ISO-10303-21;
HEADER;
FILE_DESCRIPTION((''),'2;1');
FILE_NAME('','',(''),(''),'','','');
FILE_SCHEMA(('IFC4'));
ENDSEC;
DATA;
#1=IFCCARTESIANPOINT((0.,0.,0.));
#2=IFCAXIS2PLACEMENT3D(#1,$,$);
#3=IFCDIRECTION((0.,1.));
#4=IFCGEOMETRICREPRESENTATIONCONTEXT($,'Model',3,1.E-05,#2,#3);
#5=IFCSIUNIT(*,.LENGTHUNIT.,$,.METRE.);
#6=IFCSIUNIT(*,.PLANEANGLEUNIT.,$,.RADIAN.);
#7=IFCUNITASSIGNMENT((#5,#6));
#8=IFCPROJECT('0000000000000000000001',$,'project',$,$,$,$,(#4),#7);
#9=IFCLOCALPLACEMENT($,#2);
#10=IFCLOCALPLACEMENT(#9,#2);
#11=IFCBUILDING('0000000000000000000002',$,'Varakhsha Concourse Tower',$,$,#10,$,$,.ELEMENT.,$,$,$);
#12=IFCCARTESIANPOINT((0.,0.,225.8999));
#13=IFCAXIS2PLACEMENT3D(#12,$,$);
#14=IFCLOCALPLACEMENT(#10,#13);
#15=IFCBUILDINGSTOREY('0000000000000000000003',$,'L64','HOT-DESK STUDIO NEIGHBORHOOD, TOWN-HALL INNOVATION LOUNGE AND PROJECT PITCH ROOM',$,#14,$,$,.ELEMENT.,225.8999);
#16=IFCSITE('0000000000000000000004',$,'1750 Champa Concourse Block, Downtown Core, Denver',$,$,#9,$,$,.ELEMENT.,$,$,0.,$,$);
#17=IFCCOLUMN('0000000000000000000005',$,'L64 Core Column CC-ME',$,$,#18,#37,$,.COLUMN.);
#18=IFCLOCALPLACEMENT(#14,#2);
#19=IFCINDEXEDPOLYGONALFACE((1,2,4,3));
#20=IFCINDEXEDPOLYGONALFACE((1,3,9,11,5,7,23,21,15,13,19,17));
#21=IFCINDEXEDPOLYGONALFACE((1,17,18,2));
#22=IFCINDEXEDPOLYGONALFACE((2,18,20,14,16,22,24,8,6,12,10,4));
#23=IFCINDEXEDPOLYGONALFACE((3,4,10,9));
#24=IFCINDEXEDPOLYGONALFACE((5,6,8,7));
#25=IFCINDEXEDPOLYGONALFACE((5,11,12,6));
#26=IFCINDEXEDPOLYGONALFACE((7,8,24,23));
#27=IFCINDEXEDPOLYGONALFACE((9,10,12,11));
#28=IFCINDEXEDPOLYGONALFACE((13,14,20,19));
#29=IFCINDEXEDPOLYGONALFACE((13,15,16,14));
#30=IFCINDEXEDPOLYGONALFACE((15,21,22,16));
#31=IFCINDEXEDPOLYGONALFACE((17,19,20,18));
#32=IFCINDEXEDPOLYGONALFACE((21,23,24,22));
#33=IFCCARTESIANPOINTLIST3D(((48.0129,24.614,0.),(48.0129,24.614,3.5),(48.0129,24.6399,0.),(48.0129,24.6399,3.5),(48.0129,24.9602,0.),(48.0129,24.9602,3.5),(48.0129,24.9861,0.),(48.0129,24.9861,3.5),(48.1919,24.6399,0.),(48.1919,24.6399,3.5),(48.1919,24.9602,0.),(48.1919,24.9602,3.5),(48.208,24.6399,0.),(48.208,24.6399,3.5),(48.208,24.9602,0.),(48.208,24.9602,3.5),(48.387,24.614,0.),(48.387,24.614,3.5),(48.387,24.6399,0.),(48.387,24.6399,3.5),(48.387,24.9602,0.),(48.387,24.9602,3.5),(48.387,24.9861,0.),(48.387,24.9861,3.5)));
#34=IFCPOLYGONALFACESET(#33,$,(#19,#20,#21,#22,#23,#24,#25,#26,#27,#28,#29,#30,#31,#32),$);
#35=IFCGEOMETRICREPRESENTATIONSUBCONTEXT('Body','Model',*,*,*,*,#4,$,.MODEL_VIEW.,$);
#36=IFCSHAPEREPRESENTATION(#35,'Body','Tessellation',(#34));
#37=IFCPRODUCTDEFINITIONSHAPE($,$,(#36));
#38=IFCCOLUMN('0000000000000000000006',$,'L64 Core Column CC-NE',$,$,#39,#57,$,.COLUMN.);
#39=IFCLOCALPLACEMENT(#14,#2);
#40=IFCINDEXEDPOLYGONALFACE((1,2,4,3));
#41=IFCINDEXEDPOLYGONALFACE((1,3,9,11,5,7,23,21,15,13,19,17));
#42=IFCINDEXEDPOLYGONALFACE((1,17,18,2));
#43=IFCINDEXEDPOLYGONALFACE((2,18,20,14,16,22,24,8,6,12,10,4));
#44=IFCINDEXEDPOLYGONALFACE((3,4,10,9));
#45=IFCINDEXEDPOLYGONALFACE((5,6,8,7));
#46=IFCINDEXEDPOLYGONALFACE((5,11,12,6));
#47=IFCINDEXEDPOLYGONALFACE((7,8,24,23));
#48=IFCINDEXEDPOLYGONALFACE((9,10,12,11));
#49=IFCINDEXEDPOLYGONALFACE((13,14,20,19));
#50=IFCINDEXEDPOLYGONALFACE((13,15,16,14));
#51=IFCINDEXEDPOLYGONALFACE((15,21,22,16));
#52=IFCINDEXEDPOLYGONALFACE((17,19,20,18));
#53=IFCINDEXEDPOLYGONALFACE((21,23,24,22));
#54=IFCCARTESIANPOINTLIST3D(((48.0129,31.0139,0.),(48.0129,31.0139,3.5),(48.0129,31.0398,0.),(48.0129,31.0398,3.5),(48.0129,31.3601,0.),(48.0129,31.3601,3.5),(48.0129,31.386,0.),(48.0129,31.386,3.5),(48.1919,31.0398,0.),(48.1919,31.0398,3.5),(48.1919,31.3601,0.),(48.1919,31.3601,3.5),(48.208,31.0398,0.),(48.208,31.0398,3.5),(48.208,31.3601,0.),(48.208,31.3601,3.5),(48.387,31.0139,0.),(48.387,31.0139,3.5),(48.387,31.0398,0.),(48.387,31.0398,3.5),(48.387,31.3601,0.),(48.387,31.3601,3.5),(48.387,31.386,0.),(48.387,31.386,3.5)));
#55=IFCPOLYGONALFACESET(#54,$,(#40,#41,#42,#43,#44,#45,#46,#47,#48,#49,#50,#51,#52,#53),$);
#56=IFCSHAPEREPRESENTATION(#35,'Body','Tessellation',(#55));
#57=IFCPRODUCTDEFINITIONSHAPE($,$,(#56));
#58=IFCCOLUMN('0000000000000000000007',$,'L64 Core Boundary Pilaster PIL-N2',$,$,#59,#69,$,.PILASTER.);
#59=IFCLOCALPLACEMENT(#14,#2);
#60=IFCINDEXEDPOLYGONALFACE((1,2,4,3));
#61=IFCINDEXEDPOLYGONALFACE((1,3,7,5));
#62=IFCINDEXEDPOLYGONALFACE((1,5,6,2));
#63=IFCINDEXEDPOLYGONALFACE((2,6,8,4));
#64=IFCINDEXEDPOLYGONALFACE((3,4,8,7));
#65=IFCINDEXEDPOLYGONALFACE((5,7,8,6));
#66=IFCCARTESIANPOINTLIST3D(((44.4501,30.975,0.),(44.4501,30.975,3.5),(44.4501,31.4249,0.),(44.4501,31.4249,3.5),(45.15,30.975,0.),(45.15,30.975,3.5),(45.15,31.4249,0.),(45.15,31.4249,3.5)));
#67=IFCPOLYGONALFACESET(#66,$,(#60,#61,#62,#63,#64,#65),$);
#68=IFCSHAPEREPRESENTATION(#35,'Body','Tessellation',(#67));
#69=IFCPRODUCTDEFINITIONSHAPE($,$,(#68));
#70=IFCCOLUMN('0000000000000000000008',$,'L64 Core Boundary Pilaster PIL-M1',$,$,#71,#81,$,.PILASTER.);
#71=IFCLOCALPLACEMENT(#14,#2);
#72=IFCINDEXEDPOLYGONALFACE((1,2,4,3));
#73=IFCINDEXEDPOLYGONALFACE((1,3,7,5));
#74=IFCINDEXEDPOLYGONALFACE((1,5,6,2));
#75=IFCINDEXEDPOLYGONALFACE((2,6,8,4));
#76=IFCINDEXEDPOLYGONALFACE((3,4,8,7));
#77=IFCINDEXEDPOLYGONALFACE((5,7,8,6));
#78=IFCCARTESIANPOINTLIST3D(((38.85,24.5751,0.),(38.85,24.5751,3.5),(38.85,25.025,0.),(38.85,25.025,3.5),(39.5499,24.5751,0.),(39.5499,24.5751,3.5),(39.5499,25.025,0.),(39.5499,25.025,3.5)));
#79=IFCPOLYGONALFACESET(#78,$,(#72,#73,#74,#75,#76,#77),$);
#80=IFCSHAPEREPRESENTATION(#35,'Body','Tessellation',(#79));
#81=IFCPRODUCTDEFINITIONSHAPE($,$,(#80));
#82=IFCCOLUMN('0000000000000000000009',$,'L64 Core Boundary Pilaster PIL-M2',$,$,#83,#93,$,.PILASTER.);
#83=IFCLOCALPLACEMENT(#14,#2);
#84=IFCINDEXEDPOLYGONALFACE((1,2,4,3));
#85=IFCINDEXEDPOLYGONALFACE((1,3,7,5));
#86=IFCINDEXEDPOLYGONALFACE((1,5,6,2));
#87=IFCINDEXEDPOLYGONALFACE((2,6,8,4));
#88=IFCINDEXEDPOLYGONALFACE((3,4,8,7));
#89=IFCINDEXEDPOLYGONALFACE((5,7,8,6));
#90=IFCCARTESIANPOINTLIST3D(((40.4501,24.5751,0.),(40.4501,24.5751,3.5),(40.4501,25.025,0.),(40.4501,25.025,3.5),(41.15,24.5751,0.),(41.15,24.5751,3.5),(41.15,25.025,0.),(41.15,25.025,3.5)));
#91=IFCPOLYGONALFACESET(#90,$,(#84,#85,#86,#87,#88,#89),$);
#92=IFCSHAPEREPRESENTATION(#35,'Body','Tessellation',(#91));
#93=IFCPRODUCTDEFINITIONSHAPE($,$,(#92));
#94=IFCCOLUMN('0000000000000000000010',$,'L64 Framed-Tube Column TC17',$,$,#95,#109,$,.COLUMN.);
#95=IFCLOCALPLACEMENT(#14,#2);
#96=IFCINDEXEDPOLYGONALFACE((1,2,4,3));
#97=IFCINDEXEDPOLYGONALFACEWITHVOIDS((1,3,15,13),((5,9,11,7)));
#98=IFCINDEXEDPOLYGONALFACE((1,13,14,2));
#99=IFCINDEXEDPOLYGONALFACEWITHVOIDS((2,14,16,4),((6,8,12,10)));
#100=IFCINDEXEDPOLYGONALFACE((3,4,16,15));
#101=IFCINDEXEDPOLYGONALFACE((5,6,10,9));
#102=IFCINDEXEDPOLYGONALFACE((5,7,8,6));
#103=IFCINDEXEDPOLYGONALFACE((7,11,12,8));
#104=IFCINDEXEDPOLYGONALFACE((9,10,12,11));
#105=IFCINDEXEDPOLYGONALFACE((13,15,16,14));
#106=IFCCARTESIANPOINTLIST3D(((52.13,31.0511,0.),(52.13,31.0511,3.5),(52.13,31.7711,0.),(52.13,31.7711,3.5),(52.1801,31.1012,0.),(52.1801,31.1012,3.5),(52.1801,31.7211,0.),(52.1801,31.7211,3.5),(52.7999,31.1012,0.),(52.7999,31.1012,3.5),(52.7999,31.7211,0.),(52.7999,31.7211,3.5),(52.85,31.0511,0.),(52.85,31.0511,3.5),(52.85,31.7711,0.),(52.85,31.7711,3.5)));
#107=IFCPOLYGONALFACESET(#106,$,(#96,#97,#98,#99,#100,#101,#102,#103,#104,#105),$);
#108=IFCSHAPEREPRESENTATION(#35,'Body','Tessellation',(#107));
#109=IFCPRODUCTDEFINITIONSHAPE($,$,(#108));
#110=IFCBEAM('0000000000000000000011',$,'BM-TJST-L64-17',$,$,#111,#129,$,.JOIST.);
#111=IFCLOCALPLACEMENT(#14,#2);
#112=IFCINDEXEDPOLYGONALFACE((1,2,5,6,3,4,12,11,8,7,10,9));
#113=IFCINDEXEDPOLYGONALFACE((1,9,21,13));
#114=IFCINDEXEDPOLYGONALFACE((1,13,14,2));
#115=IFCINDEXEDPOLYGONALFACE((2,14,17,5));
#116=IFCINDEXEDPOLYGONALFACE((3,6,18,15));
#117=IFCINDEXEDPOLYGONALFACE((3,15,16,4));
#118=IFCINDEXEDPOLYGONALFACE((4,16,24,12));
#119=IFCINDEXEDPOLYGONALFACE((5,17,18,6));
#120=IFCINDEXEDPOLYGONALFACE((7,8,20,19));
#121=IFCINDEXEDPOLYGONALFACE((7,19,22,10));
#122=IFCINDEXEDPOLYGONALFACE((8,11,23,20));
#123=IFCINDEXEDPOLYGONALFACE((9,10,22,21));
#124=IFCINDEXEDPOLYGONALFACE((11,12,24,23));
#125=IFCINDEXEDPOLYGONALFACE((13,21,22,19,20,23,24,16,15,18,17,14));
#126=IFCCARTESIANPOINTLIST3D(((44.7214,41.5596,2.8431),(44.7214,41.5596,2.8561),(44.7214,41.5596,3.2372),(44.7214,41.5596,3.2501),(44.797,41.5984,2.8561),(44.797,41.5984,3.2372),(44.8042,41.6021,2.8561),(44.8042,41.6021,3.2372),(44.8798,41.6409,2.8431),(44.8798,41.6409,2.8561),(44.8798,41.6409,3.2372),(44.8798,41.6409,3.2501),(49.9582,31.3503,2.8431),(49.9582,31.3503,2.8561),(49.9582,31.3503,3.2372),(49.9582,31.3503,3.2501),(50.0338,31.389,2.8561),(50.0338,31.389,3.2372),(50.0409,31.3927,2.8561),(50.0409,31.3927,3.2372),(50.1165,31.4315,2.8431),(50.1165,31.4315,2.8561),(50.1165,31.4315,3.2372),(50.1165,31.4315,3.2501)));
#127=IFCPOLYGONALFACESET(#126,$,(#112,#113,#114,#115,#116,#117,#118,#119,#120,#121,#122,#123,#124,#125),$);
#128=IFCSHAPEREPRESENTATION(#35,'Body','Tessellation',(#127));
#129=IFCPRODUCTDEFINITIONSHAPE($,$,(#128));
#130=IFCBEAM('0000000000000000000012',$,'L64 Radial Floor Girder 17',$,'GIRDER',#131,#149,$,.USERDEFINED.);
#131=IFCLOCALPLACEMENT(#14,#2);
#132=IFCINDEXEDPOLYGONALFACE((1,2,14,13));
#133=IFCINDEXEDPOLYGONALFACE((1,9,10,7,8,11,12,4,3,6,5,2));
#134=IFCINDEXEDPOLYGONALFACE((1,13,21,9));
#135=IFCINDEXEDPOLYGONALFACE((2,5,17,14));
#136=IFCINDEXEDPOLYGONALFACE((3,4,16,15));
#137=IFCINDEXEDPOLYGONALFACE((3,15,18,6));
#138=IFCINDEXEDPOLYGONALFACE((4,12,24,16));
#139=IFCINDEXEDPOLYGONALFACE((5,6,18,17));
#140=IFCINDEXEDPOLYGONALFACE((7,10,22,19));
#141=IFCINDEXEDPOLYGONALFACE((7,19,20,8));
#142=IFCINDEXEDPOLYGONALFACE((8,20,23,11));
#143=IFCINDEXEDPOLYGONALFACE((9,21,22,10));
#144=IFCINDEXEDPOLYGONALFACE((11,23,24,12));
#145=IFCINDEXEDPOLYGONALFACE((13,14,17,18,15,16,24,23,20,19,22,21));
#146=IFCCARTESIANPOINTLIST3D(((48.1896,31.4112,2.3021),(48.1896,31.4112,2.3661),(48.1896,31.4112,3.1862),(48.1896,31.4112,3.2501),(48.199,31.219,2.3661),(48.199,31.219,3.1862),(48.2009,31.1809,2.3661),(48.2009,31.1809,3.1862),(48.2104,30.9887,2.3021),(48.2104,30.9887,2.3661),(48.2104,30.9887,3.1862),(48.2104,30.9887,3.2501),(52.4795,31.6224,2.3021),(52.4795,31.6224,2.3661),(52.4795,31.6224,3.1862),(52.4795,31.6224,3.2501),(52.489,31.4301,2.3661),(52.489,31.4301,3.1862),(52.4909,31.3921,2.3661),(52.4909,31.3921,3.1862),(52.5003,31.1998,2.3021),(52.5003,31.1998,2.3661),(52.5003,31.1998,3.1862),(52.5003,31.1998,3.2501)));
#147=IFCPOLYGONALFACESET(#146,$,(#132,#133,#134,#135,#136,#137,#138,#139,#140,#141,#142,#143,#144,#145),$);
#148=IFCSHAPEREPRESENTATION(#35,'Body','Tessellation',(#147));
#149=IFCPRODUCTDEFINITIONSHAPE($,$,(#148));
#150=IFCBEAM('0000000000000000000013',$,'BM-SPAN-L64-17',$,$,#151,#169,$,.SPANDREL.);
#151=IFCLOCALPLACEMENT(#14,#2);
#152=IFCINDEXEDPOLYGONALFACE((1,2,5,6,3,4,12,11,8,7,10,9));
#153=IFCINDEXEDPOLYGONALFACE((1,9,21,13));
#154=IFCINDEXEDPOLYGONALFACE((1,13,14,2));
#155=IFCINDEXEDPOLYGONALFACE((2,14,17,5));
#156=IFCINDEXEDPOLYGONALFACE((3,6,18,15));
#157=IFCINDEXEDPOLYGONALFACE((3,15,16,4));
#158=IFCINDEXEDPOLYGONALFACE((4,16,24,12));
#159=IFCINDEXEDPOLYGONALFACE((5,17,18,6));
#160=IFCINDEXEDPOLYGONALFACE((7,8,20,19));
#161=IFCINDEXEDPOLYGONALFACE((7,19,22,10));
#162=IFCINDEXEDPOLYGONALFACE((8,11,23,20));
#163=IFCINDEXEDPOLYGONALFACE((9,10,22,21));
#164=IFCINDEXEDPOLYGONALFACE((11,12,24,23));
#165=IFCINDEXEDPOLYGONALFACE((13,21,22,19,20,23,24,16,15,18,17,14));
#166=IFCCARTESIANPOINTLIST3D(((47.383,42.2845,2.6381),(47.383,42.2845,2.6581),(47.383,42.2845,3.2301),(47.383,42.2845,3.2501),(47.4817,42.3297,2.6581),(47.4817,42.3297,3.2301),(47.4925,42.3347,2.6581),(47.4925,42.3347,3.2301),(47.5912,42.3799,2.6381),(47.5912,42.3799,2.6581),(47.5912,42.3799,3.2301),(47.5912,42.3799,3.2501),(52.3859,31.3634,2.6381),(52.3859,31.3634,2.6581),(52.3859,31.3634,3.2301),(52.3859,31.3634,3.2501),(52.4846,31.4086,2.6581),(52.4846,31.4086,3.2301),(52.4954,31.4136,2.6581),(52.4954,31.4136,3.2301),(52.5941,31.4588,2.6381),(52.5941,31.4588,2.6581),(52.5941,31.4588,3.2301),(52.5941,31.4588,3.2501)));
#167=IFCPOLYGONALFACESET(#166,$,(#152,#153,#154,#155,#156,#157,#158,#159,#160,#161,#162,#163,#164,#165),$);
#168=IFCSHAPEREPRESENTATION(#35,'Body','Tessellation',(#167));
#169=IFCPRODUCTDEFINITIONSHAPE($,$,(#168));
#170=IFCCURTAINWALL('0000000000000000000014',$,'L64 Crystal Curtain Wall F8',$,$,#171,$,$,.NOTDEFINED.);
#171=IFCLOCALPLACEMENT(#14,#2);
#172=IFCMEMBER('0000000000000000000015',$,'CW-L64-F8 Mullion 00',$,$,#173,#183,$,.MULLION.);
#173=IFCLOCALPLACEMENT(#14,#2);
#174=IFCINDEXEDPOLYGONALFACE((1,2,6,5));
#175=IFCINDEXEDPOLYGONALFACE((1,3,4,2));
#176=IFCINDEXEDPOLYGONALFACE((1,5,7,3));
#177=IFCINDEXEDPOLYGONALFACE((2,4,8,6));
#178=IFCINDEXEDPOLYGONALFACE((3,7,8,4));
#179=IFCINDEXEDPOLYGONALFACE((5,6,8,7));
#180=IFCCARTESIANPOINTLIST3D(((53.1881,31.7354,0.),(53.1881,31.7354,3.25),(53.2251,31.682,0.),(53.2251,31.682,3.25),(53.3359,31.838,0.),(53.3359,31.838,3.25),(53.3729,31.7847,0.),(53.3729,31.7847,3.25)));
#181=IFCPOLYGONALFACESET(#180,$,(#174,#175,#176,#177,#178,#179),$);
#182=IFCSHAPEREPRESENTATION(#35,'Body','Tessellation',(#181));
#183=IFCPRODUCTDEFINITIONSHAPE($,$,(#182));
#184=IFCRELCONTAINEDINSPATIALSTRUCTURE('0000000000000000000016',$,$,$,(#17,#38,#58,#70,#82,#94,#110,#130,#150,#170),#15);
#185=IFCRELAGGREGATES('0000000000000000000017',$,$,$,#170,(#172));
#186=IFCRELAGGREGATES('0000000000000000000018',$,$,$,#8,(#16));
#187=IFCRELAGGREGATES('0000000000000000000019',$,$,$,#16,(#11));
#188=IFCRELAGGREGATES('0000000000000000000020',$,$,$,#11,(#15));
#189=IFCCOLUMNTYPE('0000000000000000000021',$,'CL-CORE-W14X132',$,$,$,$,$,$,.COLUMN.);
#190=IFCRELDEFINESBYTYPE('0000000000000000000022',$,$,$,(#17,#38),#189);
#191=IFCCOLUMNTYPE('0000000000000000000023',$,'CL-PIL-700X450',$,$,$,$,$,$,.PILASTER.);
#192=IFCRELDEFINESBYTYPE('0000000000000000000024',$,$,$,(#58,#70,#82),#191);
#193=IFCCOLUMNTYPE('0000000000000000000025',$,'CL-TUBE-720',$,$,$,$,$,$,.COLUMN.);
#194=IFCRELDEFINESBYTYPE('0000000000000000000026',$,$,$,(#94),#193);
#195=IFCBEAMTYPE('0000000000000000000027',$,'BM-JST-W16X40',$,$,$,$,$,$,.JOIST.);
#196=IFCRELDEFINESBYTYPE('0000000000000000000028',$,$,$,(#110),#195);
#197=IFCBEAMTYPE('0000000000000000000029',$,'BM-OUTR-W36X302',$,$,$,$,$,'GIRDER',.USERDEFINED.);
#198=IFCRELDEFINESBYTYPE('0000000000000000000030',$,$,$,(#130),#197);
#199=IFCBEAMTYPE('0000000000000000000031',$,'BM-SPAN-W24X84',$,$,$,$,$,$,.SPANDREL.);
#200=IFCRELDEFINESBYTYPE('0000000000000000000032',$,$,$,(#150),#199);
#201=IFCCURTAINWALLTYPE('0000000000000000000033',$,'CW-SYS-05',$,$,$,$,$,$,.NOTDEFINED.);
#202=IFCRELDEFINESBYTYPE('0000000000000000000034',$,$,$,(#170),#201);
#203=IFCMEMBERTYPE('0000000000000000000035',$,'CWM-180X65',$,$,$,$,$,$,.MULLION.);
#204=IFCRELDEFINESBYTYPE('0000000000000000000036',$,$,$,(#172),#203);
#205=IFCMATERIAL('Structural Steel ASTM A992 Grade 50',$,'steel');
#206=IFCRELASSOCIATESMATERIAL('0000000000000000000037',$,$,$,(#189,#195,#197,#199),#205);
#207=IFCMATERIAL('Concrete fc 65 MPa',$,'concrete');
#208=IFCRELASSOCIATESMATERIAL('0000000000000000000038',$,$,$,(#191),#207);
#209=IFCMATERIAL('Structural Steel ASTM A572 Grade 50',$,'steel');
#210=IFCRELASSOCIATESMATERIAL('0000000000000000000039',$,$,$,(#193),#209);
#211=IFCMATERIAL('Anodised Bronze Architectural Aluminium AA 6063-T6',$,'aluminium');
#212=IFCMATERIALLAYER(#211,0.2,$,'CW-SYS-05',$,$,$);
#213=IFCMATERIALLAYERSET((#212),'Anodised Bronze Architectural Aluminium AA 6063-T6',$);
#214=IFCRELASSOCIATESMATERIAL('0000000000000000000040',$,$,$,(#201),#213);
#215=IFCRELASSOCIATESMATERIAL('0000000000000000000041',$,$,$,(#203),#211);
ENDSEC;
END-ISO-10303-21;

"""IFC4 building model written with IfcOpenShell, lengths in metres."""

from ifc_helpers import new_model, si_unit, direction, frame, origin, origin_2d, place, context, subcontext, project, spatial, rectangle, hollow_rectangle, i_section, extrude, source, transform, mapped, material, layer, layer_set, material_profile, profile_set, type_object, type_shapes, element, aggregate, save


model = new_model("IFC4")

# Units and contexts
model_context = context("Model", 3, precision=1e-05, world=origin(), true_north=direction((0.0, 1.0)))
body_context = subcontext(model_context, "Body", "Model", "MODEL_VIEW")
ifc_project = project(units=[si_unit("LENGTHUNIT", "METRE"), si_unit("PLANEANGLEUNIT", "RADIAN")], contexts=[model_context])

# Site, building, storey
site_placement = place(None, origin())
site = spatial("IfcSite", under=ifc_project, at=site_placement, Name="1750 Champa Concourse Block, Downtown Core, Denver", CompositionType="ELEMENT", RefElevation=0.0)
building_placement = place(site_placement, origin())
building = spatial("IfcBuilding", under=site, at=building_placement, Name="Varakhsha Concourse Tower", CompositionType="ELEMENT")
storey_placement = place(building_placement, frame((0.0, 0.0, 225.8999)))
storey = spatial("IfcBuildingStorey", under=building, at=storey_placement, Name="L64", Description="HOT-DESK STUDIO NEIGHBORHOOD, TOWN-HALL INNOVATION LOUNGE AND PROJECT PITCH ROOM", CompositionType="ELEMENT", Elevation=225.8999)

# Columns
ifc_material_1 = material(Name="Structural Steel ASTM A992 Grade 50", Category="steel")
ifc_material_profile_1 = material_profile(ifc_material_1, i_section(OverallWidth=0.374, OverallDepth=0.3721, WebThickness=0.0161, FlangeThickness=0.0259, at=origin_2d()), Name="W14X132")
ifc_profile_set_1 = profile_set([ifc_material_profile_1], Name="Structural Steel ASTM A992 Grade 50")
column_type_1 = type_object("IfcColumnType", Name="CL-CORE-W14X132", PredefinedType="COLUMN", material=ifc_profile_set_1)
for number, where, z_axis, x_axis, name in (
    (1, (48.2, 24.8, 0.0), (0.0, 0.0, 1.0), (1.0, 0.0, 0.0), "L64 Core Column CC-ME"),
    (2, (48.2, 31.2, 0.0), (0.0, 0.0, 1.0), (1.0, 0.0, 0.0), "L64 Core Column CC-NE"),
):
    element("IfcColumn", number, at=place(storey_placement, frame(where, z_axis=z_axis, x_axis=x_axis)), inside=storey, type_object=column_type_1, Name=name, PredefinedType="COLUMN", context=body_context, shape_type="SweptSolid", body=[
        extrude(i_section(OverallWidth=0.374, OverallDepth=0.3721, WebThickness=0.0161, FlangeThickness=0.0259, at=origin_2d()), origin(), (0.0, 0.0, 1.0), 3.5),
    ])
ifc_material_2 = material(Name="Concrete fc 65 MPa", Category="concrete")
ifc_material_profile_2 = material_profile(ifc_material_2, rectangle(XDim=0.7, YDim=0.45, at=origin_2d()), Name="RC 700x450")
ifc_profile_set_2 = profile_set([ifc_material_profile_2], Name="Concrete fc 65 MPa")
column_type_2 = type_object("IfcColumnType", Name="CL-PIL-700X450", PredefinedType="PILASTER", material=ifc_profile_set_2)
for number, where, z_axis, x_axis, name in (
    (3, (44.8, 31.2, 0.0), (0.0, 0.0, 1.0), (1.0, 0.0, 0.0), "L64 Core Boundary Pilaster PIL-N2"),
    (4, (39.2, 24.8, 0.0), (0.0, 0.0, 1.0), (1.0, 0.0, 0.0), "L64 Core Boundary Pilaster PIL-M1"),
    (5, (40.8, 24.8, 0.0), (0.0, 0.0, 1.0), (1.0, 0.0, 0.0), "L64 Core Boundary Pilaster PIL-M2"),
):
    element("IfcColumn", number, at=place(storey_placement, frame(where, z_axis=z_axis, x_axis=x_axis)), inside=storey, type_object=column_type_2, Name=name, PredefinedType="PILASTER", context=body_context, shape_type="SweptSolid", body=[
        extrude(rectangle(XDim=0.7, YDim=0.45, at=origin_2d()), origin(), (0.0, 0.0, 1.0), 3.5),
    ])
ifc_material_3 = material(Name="Structural Steel ASTM A572 Grade 50", Category="steel")
ifc_material_profile_3 = material_profile(ifc_material_3, hollow_rectangle(XDim=0.72, YDim=0.72, WallThickness=0.05, at=origin_2d()), Name="BOX 720x720x50")
ifc_profile_set_3 = profile_set([ifc_material_profile_3], Name="Structural Steel ASTM A572 Grade 50")
column_type_3 = type_object("IfcColumnType", Name="CL-TUBE-720", PredefinedType="COLUMN", material=ifc_profile_set_3)
column_placement = place(storey_placement, frame((52.49, 31.4111, 0.0), z_axis=(0.0, 0.0, 1.0), x_axis=(1.0, 0.0, 0.0)))
element("IfcColumn", 6, at=column_placement, inside=storey, type_object=column_type_3, Name="L64 Framed-Tube Column TC17", PredefinedType="COLUMN", context=body_context, shape_type="SweptSolid", body=[
    extrude(hollow_rectangle(XDim=0.72, YDim=0.72, WallThickness=0.05, at=origin_2d()), origin(), (0.0, 0.0, 1.0), 3.5),
])

# Beams
ifc_material_profile_4 = material_profile(ifc_material_1, i_section(OverallWidth=0.178, OverallDepth=0.407, WebThickness=0.0081, FlangeThickness=0.0129, at=origin_2d()), Name="W16X40")
ifc_profile_set_4 = profile_set([ifc_material_profile_4], Name="Structural Steel ASTM A992 Grade 50")
beam_type_1 = type_object("IfcBeamType", Name="BM-JST-W16X40", PredefinedType="JOIST", material=ifc_profile_set_4)
beam_1_placement = place(storey_placement, frame((50.0374, 31.3909, 3.0466), z_axis=(-0.456399, 0.889775, 0.0), x_axis=(-0.889775, -0.456399, 0.0)))
element("IfcBeam", 7, at=beam_1_placement, inside=storey, type_object=beam_type_1, Name="BM-TJST-L64-17", PredefinedType="JOIST", context=body_context, shape_type="SweptSolid", body=[
    extrude(i_section(OverallWidth=0.178, OverallDepth=0.407, WebThickness=0.0081, FlangeThickness=0.0129, at=origin_2d()), origin(), (0.0, 0.0, 1.0), 11.4741),
])
ifc_material_profile_5 = material_profile(ifc_material_1, i_section(OverallWidth=0.4231, OverallDepth=0.948, WebThickness=0.0381, FlangeThickness=0.064, at=origin_2d()), Name="W36X302")
ifc_profile_set_5 = profile_set([ifc_material_profile_5], Name="Structural Steel ASTM A992 Grade 50")
beam_type_2 = type_object("IfcBeamType", Name="BM-OUTR-W36X302", ElementType="GIRDER", PredefinedType="USERDEFINED", material=ifc_profile_set_5)
beam_2_placement = place(storey_placement, frame((48.2, 31.2, 2.7761), z_axis=(0.998791, 0.049167, 0.0), x_axis=(-0.049167, 0.998791, 0.0)))
element("IfcBeam", 8, at=beam_2_placement, inside=storey, type_object=beam_type_2, Name="L64 Radial Floor Girder 17", ObjectType="GIRDER", PredefinedType="USERDEFINED", context=body_context, shape_type="SweptSolid", body=[
    extrude(i_section(OverallWidth=0.4231, OverallDepth=0.948, WebThickness=0.0381, FlangeThickness=0.064, at=origin_2d()), origin(), (0.0, 0.0, 1.0), 4.2952),
])
ifc_material_profile_6 = material_profile(ifc_material_1, i_section(OverallWidth=0.229, OverallDepth=0.6121, WebThickness=0.012, FlangeThickness=0.02, at=origin_2d()), Name="W24X84")
ifc_profile_set_6 = profile_set([ifc_material_profile_6], Name="Structural Steel ASTM A992 Grade 50")
beam_type_3 = type_object("IfcBeamType", Name="BM-SPAN-W24X84", PredefinedType="SPANDREL", material=ifc_profile_set_6)
beam_3_placement = place(storey_placement, frame((52.49, 31.4111, 2.9441), z_axis=(-0.416476, 0.909147, 0.0), x_axis=(-0.909147, -0.416476, 0.0)))
element("IfcBeam", 9, at=beam_3_placement, inside=storey, type_object=beam_type_3, Name="BM-SPAN-L64-17", PredefinedType="SPANDREL", context=body_context, shape_type="SweptSolid", body=[
    extrude(i_section(OverallWidth=0.229, OverallDepth=0.6121, WebThickness=0.012, FlangeThickness=0.02, at=origin_2d()), origin(), (0.0, 0.0, 1.0), 12.0125),
])

# Curtain wall, member
ifc_material_4 = material(Name="Anodised Bronze Architectural Aluminium AA 6063-T6", Category="aluminium")
ifc_layer_1 = layer(ifc_material_4, 0.2, Name="CW-SYS-05")
ifc_layer_set_1 = layer_set([ifc_layer_1], Name="Anodised Bronze Architectural Aluminium AA 6063-T6")
curtain_wall_type = type_object("IfcCurtainWallType", Name="CW-SYS-05", PredefinedType="NOTDEFINED", material=ifc_layer_set_1)
curtain_wall_1_placement = place(storey_placement, origin())
curtain_wall_1 = element("IfcCurtainWall", 10, at=curtain_wall_1_placement, inside=storey, type_object=curtain_wall_type, Name="L64 Crystal Curtain Wall F8", PredefinedType="NOTDEFINED")
ifc_material_profile_7 = material_profile(ifc_material_4, rectangle(XDim=0.0649, YDim=0.1799, at=origin_2d()), Name="CWM-180X65")
ifc_profile_set_7 = profile_set([ifc_material_profile_7], Name="Anodised Bronze Architectural Aluminium AA 6063-T6")
member_type_1 = type_object("IfcMemberType", Name="CWM-180X65", PredefinedType="MULLION", material=ifc_profile_set_7)
shared_shape_1 = source(origin(), body_context, "Body", "SweptSolid", [
    extrude(rectangle(XDim=0.0649, YDim=0.1799, at=origin_2d()), origin(), (0.0, 0.0, 1.0), 3.25),
])
type_shapes(member_type_1, [shared_shape_1])
member_1_placement = place(storey_placement, frame((53.2805, 31.76, 0.0), z_axis=(0.0, 0.0, 1.0), x_axis=(0.570361, -0.821394, 0.0)))
member_1 = element("IfcMember", 11, at=member_1_placement, type_object=member_type_1, Name="CW-L64-F8 Mullion 00", PredefinedType="MULLION", context=body_context, shape_type="MappedRepresentation", body=[
    mapped(shared_shape_1, transform((0.0, 0.0, 0.0), scale=1.0)),
])

aggregate(curtain_wall_1, [member_1])

save(model, "model.ifc")
